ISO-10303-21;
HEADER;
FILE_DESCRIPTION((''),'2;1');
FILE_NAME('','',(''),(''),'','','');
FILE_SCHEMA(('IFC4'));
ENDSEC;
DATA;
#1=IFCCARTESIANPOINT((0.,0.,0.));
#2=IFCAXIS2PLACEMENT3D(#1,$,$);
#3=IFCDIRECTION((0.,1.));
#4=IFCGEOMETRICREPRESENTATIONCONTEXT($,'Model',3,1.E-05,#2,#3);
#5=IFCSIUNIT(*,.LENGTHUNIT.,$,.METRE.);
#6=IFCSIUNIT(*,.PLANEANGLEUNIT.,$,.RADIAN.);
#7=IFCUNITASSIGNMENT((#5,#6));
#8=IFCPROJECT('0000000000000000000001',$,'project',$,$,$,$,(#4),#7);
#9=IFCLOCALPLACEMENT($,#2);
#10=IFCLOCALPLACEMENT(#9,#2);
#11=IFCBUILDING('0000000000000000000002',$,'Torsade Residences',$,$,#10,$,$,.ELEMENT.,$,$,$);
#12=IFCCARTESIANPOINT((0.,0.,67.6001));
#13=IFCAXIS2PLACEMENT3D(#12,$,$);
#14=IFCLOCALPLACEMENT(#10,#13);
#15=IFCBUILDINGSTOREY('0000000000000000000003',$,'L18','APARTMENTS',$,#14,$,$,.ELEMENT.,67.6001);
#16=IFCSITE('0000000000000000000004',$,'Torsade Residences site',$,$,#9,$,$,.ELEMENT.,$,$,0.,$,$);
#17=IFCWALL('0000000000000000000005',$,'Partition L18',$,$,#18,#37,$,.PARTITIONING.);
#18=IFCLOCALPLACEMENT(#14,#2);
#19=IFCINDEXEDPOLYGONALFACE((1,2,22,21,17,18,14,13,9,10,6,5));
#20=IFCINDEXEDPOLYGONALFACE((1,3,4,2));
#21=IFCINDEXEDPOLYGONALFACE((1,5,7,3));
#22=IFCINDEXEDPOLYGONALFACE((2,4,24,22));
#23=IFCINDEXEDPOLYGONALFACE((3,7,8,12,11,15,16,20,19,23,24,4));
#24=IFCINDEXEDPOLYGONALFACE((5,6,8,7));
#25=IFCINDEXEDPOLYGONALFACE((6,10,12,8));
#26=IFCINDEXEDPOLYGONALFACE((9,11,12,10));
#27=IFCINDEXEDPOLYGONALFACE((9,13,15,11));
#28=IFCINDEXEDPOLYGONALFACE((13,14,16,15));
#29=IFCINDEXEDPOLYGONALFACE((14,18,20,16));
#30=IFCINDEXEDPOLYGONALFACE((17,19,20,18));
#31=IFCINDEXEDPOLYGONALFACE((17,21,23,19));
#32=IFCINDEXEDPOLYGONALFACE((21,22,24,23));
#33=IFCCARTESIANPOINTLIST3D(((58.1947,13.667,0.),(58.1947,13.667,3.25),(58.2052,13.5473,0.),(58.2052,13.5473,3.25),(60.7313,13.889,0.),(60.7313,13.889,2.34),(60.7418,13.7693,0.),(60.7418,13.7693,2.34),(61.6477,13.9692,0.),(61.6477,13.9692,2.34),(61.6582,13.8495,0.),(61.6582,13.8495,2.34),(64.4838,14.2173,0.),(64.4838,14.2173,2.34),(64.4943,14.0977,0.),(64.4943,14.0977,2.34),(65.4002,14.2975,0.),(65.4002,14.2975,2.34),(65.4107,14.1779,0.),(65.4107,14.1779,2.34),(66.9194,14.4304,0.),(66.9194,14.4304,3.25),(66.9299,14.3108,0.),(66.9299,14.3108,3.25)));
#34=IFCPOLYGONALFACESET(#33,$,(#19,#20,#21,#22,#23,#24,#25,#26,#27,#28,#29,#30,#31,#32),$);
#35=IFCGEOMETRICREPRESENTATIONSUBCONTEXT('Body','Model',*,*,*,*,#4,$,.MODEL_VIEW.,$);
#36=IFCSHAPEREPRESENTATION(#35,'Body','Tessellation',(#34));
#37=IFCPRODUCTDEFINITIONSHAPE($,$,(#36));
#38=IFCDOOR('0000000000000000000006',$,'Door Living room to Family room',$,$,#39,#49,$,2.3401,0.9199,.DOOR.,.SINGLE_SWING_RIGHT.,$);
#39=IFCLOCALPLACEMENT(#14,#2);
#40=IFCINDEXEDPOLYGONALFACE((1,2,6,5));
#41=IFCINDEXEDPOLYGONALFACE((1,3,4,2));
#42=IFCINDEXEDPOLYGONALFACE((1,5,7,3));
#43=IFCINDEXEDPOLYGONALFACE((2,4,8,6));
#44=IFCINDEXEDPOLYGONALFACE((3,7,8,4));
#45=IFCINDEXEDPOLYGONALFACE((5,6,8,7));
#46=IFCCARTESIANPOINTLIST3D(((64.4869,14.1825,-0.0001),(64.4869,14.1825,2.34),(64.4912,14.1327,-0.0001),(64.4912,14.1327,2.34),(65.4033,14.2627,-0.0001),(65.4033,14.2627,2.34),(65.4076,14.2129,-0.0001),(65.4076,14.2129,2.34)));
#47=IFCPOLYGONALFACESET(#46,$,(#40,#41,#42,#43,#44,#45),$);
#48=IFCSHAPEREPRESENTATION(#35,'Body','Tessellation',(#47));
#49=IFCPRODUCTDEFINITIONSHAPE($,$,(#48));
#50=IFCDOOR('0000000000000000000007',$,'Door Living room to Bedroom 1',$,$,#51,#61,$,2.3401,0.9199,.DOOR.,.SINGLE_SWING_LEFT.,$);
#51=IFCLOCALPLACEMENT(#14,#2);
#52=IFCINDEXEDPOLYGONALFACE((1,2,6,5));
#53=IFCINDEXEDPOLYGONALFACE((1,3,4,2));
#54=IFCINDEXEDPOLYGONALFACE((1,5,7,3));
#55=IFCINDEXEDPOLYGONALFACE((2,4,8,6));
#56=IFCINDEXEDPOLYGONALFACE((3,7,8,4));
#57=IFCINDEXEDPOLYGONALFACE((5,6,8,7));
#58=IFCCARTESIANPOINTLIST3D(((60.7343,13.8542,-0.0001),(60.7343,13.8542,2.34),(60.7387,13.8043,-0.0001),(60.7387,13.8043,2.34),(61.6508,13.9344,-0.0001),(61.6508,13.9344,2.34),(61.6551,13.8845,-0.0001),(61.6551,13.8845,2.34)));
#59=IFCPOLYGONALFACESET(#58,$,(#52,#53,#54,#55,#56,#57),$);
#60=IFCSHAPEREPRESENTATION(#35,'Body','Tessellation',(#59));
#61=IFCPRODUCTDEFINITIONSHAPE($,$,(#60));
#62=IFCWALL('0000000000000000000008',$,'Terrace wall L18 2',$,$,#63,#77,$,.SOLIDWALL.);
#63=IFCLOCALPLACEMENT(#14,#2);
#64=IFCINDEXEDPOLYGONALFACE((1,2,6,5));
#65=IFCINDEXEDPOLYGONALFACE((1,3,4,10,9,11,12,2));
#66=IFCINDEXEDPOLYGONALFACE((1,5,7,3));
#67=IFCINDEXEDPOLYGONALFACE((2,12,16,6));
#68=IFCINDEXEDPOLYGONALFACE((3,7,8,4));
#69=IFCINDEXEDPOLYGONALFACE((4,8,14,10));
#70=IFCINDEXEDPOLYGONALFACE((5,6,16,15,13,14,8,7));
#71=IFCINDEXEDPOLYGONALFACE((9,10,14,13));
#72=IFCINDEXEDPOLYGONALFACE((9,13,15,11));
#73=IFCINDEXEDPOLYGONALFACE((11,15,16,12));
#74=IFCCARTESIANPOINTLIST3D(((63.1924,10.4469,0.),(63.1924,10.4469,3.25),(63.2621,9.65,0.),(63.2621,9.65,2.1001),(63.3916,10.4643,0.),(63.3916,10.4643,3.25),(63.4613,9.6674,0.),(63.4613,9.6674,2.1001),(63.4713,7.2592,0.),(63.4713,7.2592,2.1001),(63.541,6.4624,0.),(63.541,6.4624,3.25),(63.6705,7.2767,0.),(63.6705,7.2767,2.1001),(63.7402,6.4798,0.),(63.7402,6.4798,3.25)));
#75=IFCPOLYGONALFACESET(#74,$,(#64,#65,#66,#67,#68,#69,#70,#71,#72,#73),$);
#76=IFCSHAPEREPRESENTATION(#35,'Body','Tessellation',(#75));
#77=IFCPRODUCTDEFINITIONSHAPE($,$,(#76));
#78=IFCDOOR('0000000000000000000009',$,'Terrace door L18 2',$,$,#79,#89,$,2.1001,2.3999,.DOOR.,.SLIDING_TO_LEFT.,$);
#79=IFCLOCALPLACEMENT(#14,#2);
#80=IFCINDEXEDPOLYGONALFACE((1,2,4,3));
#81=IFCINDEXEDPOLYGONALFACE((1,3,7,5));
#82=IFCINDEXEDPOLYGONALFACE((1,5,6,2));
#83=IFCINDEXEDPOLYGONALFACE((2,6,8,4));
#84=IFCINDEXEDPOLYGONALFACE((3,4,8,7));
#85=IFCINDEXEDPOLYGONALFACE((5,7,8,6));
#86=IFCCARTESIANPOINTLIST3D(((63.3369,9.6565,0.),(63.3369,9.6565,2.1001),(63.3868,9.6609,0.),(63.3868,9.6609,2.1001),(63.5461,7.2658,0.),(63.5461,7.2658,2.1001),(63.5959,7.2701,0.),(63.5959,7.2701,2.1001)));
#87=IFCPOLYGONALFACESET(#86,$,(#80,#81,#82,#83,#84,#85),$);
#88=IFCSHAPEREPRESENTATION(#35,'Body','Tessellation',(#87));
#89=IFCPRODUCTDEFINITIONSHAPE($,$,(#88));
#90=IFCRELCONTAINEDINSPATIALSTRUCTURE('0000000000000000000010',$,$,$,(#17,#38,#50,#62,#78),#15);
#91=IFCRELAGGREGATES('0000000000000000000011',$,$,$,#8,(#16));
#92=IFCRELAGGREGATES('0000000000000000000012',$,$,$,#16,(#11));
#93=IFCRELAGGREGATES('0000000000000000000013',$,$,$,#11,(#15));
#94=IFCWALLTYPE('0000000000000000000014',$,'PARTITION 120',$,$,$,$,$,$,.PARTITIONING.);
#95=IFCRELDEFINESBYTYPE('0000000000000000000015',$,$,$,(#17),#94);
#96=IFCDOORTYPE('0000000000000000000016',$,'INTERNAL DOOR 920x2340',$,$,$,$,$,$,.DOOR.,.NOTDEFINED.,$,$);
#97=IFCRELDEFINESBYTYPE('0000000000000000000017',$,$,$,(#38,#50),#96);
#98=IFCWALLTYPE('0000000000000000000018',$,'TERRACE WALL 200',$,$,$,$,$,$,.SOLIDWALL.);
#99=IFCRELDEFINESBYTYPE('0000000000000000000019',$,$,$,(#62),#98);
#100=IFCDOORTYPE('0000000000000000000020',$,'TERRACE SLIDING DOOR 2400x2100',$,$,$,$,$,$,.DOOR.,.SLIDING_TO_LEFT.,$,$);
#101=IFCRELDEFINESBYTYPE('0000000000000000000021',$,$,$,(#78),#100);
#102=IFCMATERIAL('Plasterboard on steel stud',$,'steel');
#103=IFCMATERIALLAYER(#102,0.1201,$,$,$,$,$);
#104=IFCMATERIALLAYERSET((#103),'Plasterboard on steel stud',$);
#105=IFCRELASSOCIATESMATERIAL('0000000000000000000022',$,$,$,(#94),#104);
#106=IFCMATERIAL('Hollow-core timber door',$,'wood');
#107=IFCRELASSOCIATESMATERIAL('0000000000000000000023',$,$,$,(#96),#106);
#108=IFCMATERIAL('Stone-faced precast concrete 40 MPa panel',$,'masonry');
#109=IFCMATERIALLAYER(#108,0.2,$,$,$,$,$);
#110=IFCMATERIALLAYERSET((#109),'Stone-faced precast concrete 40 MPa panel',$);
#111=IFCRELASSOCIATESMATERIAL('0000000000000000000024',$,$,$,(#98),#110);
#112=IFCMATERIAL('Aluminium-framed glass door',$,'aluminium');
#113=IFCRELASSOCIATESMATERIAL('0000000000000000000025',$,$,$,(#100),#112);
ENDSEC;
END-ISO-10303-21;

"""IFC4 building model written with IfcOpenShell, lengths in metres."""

from ifc_helpers import new_model, si_unit, direction, frame, frame_2d, origin, place, context, subcontext, project, spatial, rectangle, extrude, material, layer, layer_set, type_object, element, fill, save


model = new_model("IFC4")

# Units and contexts
model_context = context("Model", 3, precision=1e-05, world=origin(), true_north=direction((0.0, 1.0)))
body_context = subcontext(model_context, "Body", "Model", "MODEL_VIEW")
ifc_project = project(units=[si_unit("LENGTHUNIT", "METRE"), si_unit("PLANEANGLEUNIT", "RADIAN")], contexts=[model_context])

# Site, building, storey
site_placement = place(None, origin())
site = spatial("IfcSite", under=ifc_project, at=site_placement, Name="Torsade Residences site", CompositionType="ELEMENT", RefElevation=0.0)
building_placement = place(site_placement, origin())
building = spatial("IfcBuilding", under=site, at=building_placement, Name="Torsade Residences", CompositionType="ELEMENT")
storey_placement = place(building_placement, frame((0.0, 0.0, 67.6001)))
storey = spatial("IfcBuildingStorey", under=building, at=storey_placement, Name="L18", Description="APARTMENTS", CompositionType="ELEMENT", Elevation=67.6001)

# Wall, openings, doors
ifc_material_1 = material(Name="Plasterboard on steel stud", Category="steel")
ifc_layer_1 = layer(ifc_material_1, 0.1201)
ifc_layer_set_1 = layer_set([ifc_layer_1], Name="Plasterboard on steel stud")
wall_type_1 = type_object("IfcWallType", Name="PARTITION 120", PredefinedType="PARTITIONING", material=ifc_layer_set_1)
wall_1_placement = place(storey_placement, frame((66.9246, 14.3706, 0.0), z_axis=(0.0, 0.0, 1.0), x_axis=(-0.996193, -0.08717, 0.0)))
wall_1 = element("IfcWall", 1, at=wall_1_placement, inside=storey, type_object=wall_type_1, Name="Partition L18", PredefinedType="PARTITIONING", context=body_context, shape_type="SweptSolid", body=[
    extrude(rectangle(XDim=8.7581, YDim=0.1201, at=frame_2d((4.3789, 0.0))), origin(), (0.0, 0.0, 1.0), 3.25),
])
opening_1_placement = place(wall_1_placement, frame((1.5249, 0.0, 0.0)))
opening_1 = element("IfcOpeningElement", 2, at=opening_1_placement, cuts=wall_1, PredefinedType="OPENING", context=body_context, shape_type="SweptSolid", body=[
    extrude(rectangle(XDim=0.9199, YDim=2.3401, at=frame_2d((0.46, 1.1699))), frame((0.0, 0.0701, 0.0), z_axis=(0.0, -1.0, 0.0), x_axis=(1.0, 0.0, 0.0)), (0.0, 0.0, 1.0), 0.1401),
])
opening_2_placement = place(wall_1_placement, frame((5.2917, 0.0, 0.0)))
opening_2 = element("IfcOpeningElement", 3, at=opening_2_placement, cuts=wall_1, PredefinedType="OPENING", context=body_context, shape_type="SweptSolid", body=[
    extrude(rectangle(XDim=0.9199, YDim=2.3401, at=frame_2d((0.46, 1.1699))), frame((0.0, 0.0701, 0.0), z_axis=(0.0, -1.0, 0.0), x_axis=(1.0, 0.0, 0.0)), (0.0, 0.0, 1.0), 0.1401),
])
ifc_material_2 = material(Name="Hollow-core timber door", Category="wood")
door_type_1 = type_object("IfcDoorType", Name="INTERNAL DOOR 920x2340", OperationType="NOTDEFINED", PredefinedType="DOOR", material=ifc_material_2)
door_1_placement = place(opening_1_placement, origin())
door_1 = element("IfcDoor", 4, at=door_1_placement, inside=storey, type_object=door_type_1, Name="Door Living room to Family room", OperationType="SINGLE_SWING_RIGHT", OverallHeight=2.3401, OverallWidth=0.9199, PredefinedType="DOOR", context=body_context, shape_type="SweptSolid", body=[
    extrude(rectangle(XDim=0.9199, YDim=2.3401, at=frame_2d((0.46, 1.1699))), frame((0.0, 0.0249, 0.0), z_axis=(0.0, -1.0, 0.0), x_axis=(1.0, 0.0, 0.0)), (0.0, 0.0, 1.0), 0.05),
])
fill(opening_1, door_1)
door_2_placement = place(opening_2_placement, origin())
door_2 = element("IfcDoor", 5, at=door_2_placement, inside=storey, type_object=door_type_1, Name="Door Living room to Bedroom 1", OperationType="SINGLE_SWING_LEFT", OverallHeight=2.3401, OverallWidth=0.9199, PredefinedType="DOOR", context=body_context, shape_type="SweptSolid", body=[
    extrude(rectangle(XDim=0.9199, YDim=2.3401, at=frame_2d((0.46, 1.1699))), frame((0.0, 0.0249, 0.0), z_axis=(0.0, -1.0, 0.0), x_axis=(1.0, 0.0, 0.0)), (0.0, 0.0, 1.0), 0.05),
])
fill(opening_2, door_2)

# Wall, opening, door
ifc_material_3 = material(Name="Stone-faced precast concrete 40 MPa panel", Category="masonry")
ifc_layer_2 = layer(ifc_material_3, 0.2)
ifc_layer_set_2 = layer_set([ifc_layer_2], Name="Stone-faced precast concrete 40 MPa panel")
wall_type_2 = type_object("IfcWallType", Name="TERRACE WALL 200", PredefinedType="SOLIDWALL", material=ifc_layer_set_2)
wall_2_placement = place(storey_placement, frame((63.6406, 6.4709, 0.0), z_axis=(0.0, 0.0, 1.0), x_axis=(-0.087162, 0.996194, 0.0)))
wall_2 = element("IfcWall", 6, at=wall_2_placement, inside=storey, type_object=wall_type_2, Name="Terrace wall L18 2", PredefinedType="SOLIDWALL", context=body_context, shape_type="SweptSolid", body=[
    extrude(rectangle(XDim=3.9998, YDim=0.2, at=frame_2d((2.0, 0.0))), origin(), (0.0, 0.0, 1.0), 3.25),
])
opening_3_placement = place(wall_2_placement, frame((0.8, 0.0, 0.0)))
opening_3 = element("IfcOpeningElement", 7, at=opening_3_placement, cuts=wall_2, PredefinedType="OPENING", context=body_context, shape_type="SweptSolid", body=[
    extrude(rectangle(XDim=2.3999, YDim=2.1001, at=frame_2d((1.2, 1.05))), frame((0.0, 0.1099, 0.0), z_axis=(0.0, -1.0, 0.0), x_axis=(1.0, 0.0, 0.0)), (0.0, 0.0, 1.0), 0.22),
])
ifc_material_4 = material(Name="Aluminium-framed glass door", Category="aluminium")
door_type_2 = type_object("IfcDoorType", Name="TERRACE SLIDING DOOR 2400x2100", OperationType="SLIDING_TO_LEFT", PredefinedType="DOOR", material=ifc_material_4)
door_3_placement = place(opening_3_placement, origin())
door_3 = element("IfcDoor", 8, at=door_3_placement, inside=storey, type_object=door_type_2, Name="Terrace door L18 2", OperationType="SLIDING_TO_LEFT", OverallHeight=2.1001, OverallWidth=2.3999, PredefinedType="DOOR", context=body_context, shape_type="SweptSolid", body=[
    extrude(rectangle(XDim=2.3999, YDim=2.1001, at=frame_2d((1.2, 1.05))), frame((0.0, 0.0249, 0.0), z_axis=(0.0, -1.0, 0.0), x_axis=(1.0, 0.0, 0.0)), (0.0, 0.0, 1.0), 0.05),
])
fill(opening_3, door_3)

save(model, "model.ifc")
